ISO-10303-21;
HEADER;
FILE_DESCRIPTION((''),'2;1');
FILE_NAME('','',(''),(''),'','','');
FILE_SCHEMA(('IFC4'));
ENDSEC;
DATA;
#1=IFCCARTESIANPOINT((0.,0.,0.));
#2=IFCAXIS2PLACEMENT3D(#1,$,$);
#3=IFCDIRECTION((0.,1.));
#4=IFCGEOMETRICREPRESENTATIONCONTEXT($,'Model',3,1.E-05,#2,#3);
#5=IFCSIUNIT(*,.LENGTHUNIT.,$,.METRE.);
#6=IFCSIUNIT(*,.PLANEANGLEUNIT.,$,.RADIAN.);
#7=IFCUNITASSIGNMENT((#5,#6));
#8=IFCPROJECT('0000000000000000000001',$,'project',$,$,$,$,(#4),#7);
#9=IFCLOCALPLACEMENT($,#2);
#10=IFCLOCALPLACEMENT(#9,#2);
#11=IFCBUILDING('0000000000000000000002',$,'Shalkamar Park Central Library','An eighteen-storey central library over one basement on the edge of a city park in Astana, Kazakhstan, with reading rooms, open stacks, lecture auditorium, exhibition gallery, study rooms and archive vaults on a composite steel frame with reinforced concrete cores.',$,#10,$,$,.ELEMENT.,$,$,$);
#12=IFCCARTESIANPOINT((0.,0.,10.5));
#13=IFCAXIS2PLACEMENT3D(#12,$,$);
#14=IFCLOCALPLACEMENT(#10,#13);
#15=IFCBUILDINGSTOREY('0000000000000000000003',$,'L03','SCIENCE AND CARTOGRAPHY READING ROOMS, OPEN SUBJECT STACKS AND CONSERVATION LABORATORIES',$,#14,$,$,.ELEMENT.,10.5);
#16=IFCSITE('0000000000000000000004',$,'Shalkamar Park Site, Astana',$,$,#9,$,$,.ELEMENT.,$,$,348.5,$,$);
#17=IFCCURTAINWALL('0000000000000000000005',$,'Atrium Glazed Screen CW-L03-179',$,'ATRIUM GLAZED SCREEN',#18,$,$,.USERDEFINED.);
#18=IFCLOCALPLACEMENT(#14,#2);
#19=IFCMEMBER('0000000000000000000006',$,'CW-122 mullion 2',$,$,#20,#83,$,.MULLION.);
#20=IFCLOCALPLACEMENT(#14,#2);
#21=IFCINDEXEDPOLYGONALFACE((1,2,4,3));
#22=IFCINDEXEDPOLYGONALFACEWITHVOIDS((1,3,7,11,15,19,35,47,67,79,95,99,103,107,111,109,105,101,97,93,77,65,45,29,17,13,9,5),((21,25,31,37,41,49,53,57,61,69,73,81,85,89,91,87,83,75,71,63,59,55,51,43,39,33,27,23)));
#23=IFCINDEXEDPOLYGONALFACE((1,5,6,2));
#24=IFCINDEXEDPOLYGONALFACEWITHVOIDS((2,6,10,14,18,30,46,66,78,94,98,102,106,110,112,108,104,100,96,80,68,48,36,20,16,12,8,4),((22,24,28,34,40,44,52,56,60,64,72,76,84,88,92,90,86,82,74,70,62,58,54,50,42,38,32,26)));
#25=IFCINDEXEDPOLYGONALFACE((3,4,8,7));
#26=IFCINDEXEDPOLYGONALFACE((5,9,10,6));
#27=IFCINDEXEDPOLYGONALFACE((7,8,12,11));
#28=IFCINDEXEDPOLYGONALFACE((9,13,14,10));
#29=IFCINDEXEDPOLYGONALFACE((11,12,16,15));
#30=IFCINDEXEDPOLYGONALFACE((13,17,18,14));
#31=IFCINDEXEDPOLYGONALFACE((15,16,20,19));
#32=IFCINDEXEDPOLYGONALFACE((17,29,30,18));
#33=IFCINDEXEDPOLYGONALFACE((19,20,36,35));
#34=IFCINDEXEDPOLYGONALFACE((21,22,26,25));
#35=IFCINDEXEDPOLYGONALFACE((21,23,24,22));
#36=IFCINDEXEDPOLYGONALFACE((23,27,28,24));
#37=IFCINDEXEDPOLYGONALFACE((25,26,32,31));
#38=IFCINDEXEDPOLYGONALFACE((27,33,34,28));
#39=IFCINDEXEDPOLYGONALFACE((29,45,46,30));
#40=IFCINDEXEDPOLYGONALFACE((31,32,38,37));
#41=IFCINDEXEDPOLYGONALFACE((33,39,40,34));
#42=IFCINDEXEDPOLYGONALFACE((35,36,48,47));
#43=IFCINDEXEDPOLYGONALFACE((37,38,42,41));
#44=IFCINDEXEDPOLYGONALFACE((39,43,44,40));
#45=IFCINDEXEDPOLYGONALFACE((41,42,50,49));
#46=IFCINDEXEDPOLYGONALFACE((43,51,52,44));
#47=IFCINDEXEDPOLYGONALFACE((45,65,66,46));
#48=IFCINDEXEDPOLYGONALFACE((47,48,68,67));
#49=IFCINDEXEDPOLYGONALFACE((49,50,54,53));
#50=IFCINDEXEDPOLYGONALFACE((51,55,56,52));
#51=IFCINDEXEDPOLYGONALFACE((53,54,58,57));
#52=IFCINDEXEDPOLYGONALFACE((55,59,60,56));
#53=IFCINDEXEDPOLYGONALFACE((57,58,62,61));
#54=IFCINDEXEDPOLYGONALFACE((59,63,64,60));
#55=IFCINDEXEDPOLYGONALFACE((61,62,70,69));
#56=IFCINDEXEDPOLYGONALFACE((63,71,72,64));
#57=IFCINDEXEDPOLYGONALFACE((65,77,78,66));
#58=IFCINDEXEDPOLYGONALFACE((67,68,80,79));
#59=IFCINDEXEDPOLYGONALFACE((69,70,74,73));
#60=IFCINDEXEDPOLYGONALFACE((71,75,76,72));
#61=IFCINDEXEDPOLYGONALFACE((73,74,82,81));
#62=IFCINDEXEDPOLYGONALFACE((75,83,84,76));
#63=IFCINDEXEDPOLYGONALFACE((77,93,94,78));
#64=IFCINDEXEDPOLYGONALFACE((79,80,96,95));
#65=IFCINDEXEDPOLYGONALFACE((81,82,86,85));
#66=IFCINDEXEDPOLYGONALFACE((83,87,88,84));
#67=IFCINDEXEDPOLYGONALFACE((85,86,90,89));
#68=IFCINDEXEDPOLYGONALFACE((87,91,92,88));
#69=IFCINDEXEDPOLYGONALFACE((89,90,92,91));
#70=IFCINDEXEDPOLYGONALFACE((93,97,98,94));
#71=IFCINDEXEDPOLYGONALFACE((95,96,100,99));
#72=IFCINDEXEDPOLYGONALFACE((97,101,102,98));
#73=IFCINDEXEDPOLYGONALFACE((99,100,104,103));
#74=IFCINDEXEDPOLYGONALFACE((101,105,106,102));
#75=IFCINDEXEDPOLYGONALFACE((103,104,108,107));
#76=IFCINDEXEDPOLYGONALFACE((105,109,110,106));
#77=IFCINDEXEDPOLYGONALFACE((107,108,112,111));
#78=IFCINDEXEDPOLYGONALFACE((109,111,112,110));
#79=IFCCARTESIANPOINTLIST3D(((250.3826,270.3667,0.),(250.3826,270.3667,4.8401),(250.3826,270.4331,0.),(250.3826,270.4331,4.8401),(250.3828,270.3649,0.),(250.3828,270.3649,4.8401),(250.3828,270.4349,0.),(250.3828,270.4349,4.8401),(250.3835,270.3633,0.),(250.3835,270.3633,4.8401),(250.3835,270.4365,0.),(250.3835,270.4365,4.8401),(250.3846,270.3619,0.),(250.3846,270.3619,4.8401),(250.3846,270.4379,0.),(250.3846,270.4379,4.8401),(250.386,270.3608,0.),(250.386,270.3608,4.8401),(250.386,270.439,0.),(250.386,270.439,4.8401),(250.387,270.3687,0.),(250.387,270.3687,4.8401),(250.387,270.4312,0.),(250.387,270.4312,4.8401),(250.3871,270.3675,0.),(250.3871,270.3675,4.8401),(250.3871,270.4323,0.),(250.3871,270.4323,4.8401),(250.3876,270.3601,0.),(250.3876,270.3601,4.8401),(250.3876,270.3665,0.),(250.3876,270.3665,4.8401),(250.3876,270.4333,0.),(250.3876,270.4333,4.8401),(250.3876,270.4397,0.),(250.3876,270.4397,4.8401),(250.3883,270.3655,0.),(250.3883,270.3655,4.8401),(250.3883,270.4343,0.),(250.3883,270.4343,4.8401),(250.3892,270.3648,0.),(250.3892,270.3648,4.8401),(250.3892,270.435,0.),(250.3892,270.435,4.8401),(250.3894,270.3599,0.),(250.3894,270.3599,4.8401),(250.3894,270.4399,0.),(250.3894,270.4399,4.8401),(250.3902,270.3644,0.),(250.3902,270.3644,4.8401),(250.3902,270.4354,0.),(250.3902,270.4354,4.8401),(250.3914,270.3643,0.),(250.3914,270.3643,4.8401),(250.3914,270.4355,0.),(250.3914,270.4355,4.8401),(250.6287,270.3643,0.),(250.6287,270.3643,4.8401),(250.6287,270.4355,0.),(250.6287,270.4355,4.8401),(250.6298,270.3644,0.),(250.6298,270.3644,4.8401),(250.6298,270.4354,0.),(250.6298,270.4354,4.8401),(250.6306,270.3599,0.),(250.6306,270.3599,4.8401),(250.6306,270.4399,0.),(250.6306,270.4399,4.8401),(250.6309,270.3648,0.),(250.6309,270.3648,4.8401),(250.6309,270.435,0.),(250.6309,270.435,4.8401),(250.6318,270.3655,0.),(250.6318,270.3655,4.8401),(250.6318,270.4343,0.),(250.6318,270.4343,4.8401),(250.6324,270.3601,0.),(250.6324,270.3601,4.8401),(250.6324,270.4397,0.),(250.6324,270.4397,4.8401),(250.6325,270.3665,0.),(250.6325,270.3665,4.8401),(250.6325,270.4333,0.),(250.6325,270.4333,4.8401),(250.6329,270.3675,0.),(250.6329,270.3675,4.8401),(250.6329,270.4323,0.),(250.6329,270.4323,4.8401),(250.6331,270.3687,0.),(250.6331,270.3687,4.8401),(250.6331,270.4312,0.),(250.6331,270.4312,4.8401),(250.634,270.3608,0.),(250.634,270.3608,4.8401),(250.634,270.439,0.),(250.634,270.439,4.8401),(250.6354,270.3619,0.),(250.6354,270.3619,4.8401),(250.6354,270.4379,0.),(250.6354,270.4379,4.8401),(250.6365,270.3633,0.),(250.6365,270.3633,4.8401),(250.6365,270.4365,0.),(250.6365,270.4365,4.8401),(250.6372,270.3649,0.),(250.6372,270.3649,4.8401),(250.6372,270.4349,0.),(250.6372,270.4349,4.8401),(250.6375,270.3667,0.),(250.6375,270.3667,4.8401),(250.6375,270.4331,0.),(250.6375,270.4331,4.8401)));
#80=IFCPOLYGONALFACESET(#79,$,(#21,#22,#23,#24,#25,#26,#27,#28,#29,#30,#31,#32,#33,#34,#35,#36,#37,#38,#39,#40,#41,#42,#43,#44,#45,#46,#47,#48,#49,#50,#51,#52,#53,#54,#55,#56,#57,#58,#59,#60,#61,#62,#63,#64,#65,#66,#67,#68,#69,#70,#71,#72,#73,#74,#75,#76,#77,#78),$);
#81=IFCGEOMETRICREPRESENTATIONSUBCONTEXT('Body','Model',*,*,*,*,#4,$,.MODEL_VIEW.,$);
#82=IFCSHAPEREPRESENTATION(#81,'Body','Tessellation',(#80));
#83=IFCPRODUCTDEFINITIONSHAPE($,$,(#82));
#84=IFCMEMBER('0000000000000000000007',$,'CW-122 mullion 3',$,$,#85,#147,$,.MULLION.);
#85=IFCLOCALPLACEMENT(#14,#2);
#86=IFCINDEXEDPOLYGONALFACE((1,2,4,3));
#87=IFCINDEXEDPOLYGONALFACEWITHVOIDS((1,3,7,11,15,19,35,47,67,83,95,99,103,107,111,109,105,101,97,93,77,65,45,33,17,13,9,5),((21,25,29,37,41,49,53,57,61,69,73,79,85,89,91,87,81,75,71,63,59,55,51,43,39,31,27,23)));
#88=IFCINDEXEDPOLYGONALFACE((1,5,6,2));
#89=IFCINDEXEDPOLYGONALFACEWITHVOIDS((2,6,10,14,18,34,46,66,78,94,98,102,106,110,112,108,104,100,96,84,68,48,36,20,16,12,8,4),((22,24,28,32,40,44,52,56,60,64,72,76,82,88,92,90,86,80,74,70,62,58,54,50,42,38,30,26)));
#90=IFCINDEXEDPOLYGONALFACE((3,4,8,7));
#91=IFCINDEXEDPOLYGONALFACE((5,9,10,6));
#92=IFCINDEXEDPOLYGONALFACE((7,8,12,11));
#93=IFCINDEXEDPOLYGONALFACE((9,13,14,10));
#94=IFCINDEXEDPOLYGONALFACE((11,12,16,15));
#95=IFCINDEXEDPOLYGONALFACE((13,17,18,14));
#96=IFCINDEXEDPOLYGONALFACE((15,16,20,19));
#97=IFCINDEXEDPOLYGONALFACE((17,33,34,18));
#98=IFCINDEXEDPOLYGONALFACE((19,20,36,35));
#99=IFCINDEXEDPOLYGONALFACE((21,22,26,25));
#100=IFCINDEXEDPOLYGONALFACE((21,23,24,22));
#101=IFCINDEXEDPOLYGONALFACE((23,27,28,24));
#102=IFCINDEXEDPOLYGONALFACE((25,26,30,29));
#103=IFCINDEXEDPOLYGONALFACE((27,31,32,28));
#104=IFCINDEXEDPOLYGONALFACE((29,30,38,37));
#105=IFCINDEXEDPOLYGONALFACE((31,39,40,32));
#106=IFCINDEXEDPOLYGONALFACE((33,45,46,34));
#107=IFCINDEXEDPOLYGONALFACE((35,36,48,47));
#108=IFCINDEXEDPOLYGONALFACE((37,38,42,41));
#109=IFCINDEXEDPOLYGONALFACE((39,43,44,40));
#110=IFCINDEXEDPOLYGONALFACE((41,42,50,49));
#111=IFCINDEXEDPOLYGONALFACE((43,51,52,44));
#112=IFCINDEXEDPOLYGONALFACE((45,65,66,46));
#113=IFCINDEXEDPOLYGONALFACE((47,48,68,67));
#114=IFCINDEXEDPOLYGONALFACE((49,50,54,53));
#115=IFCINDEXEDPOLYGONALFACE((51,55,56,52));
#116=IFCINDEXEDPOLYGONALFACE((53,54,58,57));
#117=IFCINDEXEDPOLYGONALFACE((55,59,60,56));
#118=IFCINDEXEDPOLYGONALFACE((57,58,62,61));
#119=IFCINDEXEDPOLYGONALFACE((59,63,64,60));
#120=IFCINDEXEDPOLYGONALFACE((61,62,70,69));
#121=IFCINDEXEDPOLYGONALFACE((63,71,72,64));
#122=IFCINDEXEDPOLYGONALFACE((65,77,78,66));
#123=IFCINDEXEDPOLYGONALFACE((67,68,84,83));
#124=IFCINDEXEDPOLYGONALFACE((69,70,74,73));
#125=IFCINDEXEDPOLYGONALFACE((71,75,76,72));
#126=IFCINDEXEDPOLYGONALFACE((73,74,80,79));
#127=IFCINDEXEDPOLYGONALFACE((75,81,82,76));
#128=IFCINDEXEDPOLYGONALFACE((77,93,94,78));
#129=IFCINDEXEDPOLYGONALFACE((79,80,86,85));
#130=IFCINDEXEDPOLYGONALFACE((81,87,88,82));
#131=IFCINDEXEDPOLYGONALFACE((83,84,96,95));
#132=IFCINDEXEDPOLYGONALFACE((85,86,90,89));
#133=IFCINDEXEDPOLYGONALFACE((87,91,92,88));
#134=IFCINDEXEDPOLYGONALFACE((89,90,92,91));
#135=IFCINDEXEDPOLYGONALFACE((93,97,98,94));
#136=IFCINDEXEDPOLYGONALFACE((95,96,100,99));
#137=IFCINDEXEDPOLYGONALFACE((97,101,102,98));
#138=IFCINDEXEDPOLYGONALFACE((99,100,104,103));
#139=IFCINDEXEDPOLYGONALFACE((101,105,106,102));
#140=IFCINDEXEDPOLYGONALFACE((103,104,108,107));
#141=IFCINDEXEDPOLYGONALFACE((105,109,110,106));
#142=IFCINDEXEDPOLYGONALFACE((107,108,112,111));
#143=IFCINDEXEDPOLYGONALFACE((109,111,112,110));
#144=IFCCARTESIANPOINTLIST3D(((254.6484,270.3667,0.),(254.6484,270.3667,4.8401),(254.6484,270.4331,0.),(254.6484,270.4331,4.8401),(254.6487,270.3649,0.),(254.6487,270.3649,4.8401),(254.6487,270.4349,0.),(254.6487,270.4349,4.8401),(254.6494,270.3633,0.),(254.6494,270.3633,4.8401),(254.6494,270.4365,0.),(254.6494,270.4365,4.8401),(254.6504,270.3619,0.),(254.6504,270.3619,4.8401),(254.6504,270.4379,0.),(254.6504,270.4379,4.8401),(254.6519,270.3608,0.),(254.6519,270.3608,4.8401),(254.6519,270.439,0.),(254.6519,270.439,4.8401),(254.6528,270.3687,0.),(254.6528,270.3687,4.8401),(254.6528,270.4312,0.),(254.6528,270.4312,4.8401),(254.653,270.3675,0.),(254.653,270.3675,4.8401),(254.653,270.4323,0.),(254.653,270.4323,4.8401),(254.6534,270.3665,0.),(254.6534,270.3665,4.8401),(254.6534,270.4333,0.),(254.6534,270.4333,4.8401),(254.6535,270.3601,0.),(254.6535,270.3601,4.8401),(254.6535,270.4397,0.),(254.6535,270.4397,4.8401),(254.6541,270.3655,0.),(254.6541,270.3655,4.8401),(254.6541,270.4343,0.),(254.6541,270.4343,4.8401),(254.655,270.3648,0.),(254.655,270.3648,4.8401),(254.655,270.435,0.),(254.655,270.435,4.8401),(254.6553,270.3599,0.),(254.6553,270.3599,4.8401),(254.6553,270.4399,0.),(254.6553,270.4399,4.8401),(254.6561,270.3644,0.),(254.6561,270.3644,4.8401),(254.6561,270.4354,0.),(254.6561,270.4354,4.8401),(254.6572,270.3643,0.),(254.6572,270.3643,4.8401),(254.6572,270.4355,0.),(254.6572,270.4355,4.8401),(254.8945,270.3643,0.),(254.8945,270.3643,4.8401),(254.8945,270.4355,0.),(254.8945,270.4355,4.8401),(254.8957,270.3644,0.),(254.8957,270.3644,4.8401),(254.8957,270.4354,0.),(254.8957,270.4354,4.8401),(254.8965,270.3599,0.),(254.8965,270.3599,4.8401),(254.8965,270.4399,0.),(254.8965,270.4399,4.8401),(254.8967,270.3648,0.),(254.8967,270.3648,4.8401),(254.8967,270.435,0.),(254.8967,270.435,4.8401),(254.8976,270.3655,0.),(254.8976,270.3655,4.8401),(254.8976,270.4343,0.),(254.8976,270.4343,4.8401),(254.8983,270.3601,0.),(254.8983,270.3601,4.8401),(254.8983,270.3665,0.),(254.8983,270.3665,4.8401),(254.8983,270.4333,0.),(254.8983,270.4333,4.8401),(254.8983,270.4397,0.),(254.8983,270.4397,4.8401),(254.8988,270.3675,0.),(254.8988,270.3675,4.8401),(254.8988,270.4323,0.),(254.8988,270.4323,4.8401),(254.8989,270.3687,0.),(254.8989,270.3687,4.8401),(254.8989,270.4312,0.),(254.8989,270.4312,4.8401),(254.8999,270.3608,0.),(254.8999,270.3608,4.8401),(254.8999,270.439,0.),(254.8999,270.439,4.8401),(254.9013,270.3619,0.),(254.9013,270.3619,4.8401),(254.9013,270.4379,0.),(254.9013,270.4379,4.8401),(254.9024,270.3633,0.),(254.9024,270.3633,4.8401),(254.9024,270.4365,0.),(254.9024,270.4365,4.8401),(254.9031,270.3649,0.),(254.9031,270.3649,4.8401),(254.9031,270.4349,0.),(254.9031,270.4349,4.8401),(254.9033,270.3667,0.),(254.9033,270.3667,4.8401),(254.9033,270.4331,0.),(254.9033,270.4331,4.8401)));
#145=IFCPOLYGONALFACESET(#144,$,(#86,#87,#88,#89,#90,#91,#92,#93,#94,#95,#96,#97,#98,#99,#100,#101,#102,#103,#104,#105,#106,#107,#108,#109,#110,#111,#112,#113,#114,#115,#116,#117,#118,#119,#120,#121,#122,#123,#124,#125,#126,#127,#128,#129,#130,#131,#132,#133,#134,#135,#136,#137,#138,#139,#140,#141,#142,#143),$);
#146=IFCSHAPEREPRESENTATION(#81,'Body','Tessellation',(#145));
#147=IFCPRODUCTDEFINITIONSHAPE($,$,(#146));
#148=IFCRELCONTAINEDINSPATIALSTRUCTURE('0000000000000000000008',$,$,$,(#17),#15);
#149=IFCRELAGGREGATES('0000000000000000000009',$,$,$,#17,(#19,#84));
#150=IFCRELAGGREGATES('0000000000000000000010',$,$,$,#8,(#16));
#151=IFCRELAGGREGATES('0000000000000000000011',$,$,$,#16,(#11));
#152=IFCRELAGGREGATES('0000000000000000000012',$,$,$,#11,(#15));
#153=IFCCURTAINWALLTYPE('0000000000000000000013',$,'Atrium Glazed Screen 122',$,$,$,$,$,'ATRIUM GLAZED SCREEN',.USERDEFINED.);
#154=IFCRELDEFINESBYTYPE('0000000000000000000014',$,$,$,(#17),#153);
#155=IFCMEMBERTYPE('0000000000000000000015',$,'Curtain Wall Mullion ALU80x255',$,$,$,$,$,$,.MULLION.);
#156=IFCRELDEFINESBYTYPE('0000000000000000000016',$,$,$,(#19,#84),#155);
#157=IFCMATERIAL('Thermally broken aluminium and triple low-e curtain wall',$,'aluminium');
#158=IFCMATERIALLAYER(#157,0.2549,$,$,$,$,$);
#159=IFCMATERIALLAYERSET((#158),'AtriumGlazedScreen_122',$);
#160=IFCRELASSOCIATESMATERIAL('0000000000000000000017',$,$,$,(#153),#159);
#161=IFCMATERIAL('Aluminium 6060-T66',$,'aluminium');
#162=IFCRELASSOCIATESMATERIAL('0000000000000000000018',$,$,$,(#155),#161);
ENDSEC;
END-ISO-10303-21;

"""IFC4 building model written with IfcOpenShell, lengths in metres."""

from ifc_helpers import new_model, si_unit, direction, frame, origin, origin_2d, place, context, subcontext, project, spatial, hollow_rectangle, extrude, material, layer, layer_set, material_profile, profile_set, type_object, element, aggregate, save


model = new_model("IFC4")

# Units and contexts
model_context = context("Model", 3, precision=1e-05, world=origin(), true_north=direction((0.0, 1.0)))
body_context = subcontext(model_context, "Body", "Model", "MODEL_VIEW")
ifc_project = project(units=[si_unit("LENGTHUNIT", "METRE"), si_unit("PLANEANGLEUNIT", "RADIAN")], contexts=[model_context])

# Site, building, storey
site_placement = place(None, origin())
site = spatial("IfcSite", under=ifc_project, at=site_placement, Name="Shalkamar Park Site, Astana", CompositionType="ELEMENT", RefElevation=348.5)
building_placement = place(site_placement, origin())
building = spatial("IfcBuilding", under=site, at=building_placement, Name="Shalkamar Park Central Library", Description="An eighteen-storey central library over one basement on the edge of a city park in Astana, Kazakhstan, with reading rooms, open stacks, lecture auditorium, exhibition gallery, study rooms and archive vaults on a composite steel frame with reinforced concrete cores.", CompositionType="ELEMENT")
storey_placement = place(building_placement, frame((0.0, 0.0, 10.5)))
storey = spatial("IfcBuildingStorey", under=building, at=storey_placement, Name="L03", Description="SCIENCE AND CARTOGRAPHY READING ROOMS, OPEN SUBJECT STACKS AND CONSERVATION LABORATORIES", CompositionType="ELEMENT", Elevation=10.5)

# Curtain wall, members
ifc_material_1 = material(Name="Thermally broken aluminium and triple low-e curtain wall", Category="aluminium")
ifc_layer_1 = layer(ifc_material_1, 0.2549)
ifc_layer_set_1 = layer_set([ifc_layer_1], Name="AtriumGlazedScreen_122")
curtain_wall_type = type_object("IfcCurtainWallType", Name="Atrium Glazed Screen 122", ElementType="ATRIUM GLAZED SCREEN", PredefinedType="USERDEFINED", material=ifc_layer_set_1)
curtain_wall_placement = place(storey_placement, origin())
curtain_wall = element("IfcCurtainWall", 1, at=curtain_wall_placement, inside=storey, type_object=curtain_wall_type, Name="Atrium Glazed Screen CW-L03-179", ObjectType="ATRIUM GLAZED SCREEN", PredefinedType="USERDEFINED")
ifc_material_2 = material(Name="Aluminium 6060-T66", Category="aluminium")
ifc_material_profile_1 = material_profile(ifc_material_2, hollow_rectangle(XDim=0.0801, YDim=0.2549, WallThickness=0.0044, InnerFilletRadius=0.0044, OuterFilletRadius=0.0068, at=origin_2d()), Name="ALU 80x255x4.5")
ifc_profile_set_1 = profile_set([ifc_material_profile_1], Name="Aluminium 6060-T66")
member_type_1 = type_object("IfcMemberType", Name="Curtain Wall Mullion ALU80x255", PredefinedType="MULLION", material=ifc_profile_set_1)
member_1_placement = place(storey_placement, frame((250.51, 270.3999, 0.0), z_axis=(0.0, 0.0, 1.0), x_axis=(0.0, 1.0, 0.0)))
member_1 = element("IfcMember", 2, at=member_1_placement, type_object=member_type_1, Name="CW-122 mullion 2", PredefinedType="MULLION", context=body_context, shape_type="SweptSolid", body=[
    extrude(hollow_rectangle(XDim=0.0801, YDim=0.2549, WallThickness=0.0044, InnerFilletRadius=0.0044, OuterFilletRadius=0.0068, at=origin_2d()), origin(), (0.0, 0.0, 1.0), 4.8401),
])
member_2_placement = place(storey_placement, frame((254.7759, 270.3999, 0.0), z_axis=(0.0, 0.0, 1.0), x_axis=(0.0, 1.0, 0.0)))
member_2 = element("IfcMember", 3, at=member_2_placement, type_object=member_type_1, Name="CW-122 mullion 3", PredefinedType="MULLION", context=body_context, shape_type="SweptSolid", body=[
    extrude(hollow_rectangle(XDim=0.0801, YDim=0.2549, WallThickness=0.0044, InnerFilletRadius=0.0044, OuterFilletRadius=0.0068, at=origin_2d()), origin(), (0.0, 0.0, 1.0), 4.8401),
])

aggregate(curtain_wall, [member_1, member_2])

save(model, "model.ifc")
